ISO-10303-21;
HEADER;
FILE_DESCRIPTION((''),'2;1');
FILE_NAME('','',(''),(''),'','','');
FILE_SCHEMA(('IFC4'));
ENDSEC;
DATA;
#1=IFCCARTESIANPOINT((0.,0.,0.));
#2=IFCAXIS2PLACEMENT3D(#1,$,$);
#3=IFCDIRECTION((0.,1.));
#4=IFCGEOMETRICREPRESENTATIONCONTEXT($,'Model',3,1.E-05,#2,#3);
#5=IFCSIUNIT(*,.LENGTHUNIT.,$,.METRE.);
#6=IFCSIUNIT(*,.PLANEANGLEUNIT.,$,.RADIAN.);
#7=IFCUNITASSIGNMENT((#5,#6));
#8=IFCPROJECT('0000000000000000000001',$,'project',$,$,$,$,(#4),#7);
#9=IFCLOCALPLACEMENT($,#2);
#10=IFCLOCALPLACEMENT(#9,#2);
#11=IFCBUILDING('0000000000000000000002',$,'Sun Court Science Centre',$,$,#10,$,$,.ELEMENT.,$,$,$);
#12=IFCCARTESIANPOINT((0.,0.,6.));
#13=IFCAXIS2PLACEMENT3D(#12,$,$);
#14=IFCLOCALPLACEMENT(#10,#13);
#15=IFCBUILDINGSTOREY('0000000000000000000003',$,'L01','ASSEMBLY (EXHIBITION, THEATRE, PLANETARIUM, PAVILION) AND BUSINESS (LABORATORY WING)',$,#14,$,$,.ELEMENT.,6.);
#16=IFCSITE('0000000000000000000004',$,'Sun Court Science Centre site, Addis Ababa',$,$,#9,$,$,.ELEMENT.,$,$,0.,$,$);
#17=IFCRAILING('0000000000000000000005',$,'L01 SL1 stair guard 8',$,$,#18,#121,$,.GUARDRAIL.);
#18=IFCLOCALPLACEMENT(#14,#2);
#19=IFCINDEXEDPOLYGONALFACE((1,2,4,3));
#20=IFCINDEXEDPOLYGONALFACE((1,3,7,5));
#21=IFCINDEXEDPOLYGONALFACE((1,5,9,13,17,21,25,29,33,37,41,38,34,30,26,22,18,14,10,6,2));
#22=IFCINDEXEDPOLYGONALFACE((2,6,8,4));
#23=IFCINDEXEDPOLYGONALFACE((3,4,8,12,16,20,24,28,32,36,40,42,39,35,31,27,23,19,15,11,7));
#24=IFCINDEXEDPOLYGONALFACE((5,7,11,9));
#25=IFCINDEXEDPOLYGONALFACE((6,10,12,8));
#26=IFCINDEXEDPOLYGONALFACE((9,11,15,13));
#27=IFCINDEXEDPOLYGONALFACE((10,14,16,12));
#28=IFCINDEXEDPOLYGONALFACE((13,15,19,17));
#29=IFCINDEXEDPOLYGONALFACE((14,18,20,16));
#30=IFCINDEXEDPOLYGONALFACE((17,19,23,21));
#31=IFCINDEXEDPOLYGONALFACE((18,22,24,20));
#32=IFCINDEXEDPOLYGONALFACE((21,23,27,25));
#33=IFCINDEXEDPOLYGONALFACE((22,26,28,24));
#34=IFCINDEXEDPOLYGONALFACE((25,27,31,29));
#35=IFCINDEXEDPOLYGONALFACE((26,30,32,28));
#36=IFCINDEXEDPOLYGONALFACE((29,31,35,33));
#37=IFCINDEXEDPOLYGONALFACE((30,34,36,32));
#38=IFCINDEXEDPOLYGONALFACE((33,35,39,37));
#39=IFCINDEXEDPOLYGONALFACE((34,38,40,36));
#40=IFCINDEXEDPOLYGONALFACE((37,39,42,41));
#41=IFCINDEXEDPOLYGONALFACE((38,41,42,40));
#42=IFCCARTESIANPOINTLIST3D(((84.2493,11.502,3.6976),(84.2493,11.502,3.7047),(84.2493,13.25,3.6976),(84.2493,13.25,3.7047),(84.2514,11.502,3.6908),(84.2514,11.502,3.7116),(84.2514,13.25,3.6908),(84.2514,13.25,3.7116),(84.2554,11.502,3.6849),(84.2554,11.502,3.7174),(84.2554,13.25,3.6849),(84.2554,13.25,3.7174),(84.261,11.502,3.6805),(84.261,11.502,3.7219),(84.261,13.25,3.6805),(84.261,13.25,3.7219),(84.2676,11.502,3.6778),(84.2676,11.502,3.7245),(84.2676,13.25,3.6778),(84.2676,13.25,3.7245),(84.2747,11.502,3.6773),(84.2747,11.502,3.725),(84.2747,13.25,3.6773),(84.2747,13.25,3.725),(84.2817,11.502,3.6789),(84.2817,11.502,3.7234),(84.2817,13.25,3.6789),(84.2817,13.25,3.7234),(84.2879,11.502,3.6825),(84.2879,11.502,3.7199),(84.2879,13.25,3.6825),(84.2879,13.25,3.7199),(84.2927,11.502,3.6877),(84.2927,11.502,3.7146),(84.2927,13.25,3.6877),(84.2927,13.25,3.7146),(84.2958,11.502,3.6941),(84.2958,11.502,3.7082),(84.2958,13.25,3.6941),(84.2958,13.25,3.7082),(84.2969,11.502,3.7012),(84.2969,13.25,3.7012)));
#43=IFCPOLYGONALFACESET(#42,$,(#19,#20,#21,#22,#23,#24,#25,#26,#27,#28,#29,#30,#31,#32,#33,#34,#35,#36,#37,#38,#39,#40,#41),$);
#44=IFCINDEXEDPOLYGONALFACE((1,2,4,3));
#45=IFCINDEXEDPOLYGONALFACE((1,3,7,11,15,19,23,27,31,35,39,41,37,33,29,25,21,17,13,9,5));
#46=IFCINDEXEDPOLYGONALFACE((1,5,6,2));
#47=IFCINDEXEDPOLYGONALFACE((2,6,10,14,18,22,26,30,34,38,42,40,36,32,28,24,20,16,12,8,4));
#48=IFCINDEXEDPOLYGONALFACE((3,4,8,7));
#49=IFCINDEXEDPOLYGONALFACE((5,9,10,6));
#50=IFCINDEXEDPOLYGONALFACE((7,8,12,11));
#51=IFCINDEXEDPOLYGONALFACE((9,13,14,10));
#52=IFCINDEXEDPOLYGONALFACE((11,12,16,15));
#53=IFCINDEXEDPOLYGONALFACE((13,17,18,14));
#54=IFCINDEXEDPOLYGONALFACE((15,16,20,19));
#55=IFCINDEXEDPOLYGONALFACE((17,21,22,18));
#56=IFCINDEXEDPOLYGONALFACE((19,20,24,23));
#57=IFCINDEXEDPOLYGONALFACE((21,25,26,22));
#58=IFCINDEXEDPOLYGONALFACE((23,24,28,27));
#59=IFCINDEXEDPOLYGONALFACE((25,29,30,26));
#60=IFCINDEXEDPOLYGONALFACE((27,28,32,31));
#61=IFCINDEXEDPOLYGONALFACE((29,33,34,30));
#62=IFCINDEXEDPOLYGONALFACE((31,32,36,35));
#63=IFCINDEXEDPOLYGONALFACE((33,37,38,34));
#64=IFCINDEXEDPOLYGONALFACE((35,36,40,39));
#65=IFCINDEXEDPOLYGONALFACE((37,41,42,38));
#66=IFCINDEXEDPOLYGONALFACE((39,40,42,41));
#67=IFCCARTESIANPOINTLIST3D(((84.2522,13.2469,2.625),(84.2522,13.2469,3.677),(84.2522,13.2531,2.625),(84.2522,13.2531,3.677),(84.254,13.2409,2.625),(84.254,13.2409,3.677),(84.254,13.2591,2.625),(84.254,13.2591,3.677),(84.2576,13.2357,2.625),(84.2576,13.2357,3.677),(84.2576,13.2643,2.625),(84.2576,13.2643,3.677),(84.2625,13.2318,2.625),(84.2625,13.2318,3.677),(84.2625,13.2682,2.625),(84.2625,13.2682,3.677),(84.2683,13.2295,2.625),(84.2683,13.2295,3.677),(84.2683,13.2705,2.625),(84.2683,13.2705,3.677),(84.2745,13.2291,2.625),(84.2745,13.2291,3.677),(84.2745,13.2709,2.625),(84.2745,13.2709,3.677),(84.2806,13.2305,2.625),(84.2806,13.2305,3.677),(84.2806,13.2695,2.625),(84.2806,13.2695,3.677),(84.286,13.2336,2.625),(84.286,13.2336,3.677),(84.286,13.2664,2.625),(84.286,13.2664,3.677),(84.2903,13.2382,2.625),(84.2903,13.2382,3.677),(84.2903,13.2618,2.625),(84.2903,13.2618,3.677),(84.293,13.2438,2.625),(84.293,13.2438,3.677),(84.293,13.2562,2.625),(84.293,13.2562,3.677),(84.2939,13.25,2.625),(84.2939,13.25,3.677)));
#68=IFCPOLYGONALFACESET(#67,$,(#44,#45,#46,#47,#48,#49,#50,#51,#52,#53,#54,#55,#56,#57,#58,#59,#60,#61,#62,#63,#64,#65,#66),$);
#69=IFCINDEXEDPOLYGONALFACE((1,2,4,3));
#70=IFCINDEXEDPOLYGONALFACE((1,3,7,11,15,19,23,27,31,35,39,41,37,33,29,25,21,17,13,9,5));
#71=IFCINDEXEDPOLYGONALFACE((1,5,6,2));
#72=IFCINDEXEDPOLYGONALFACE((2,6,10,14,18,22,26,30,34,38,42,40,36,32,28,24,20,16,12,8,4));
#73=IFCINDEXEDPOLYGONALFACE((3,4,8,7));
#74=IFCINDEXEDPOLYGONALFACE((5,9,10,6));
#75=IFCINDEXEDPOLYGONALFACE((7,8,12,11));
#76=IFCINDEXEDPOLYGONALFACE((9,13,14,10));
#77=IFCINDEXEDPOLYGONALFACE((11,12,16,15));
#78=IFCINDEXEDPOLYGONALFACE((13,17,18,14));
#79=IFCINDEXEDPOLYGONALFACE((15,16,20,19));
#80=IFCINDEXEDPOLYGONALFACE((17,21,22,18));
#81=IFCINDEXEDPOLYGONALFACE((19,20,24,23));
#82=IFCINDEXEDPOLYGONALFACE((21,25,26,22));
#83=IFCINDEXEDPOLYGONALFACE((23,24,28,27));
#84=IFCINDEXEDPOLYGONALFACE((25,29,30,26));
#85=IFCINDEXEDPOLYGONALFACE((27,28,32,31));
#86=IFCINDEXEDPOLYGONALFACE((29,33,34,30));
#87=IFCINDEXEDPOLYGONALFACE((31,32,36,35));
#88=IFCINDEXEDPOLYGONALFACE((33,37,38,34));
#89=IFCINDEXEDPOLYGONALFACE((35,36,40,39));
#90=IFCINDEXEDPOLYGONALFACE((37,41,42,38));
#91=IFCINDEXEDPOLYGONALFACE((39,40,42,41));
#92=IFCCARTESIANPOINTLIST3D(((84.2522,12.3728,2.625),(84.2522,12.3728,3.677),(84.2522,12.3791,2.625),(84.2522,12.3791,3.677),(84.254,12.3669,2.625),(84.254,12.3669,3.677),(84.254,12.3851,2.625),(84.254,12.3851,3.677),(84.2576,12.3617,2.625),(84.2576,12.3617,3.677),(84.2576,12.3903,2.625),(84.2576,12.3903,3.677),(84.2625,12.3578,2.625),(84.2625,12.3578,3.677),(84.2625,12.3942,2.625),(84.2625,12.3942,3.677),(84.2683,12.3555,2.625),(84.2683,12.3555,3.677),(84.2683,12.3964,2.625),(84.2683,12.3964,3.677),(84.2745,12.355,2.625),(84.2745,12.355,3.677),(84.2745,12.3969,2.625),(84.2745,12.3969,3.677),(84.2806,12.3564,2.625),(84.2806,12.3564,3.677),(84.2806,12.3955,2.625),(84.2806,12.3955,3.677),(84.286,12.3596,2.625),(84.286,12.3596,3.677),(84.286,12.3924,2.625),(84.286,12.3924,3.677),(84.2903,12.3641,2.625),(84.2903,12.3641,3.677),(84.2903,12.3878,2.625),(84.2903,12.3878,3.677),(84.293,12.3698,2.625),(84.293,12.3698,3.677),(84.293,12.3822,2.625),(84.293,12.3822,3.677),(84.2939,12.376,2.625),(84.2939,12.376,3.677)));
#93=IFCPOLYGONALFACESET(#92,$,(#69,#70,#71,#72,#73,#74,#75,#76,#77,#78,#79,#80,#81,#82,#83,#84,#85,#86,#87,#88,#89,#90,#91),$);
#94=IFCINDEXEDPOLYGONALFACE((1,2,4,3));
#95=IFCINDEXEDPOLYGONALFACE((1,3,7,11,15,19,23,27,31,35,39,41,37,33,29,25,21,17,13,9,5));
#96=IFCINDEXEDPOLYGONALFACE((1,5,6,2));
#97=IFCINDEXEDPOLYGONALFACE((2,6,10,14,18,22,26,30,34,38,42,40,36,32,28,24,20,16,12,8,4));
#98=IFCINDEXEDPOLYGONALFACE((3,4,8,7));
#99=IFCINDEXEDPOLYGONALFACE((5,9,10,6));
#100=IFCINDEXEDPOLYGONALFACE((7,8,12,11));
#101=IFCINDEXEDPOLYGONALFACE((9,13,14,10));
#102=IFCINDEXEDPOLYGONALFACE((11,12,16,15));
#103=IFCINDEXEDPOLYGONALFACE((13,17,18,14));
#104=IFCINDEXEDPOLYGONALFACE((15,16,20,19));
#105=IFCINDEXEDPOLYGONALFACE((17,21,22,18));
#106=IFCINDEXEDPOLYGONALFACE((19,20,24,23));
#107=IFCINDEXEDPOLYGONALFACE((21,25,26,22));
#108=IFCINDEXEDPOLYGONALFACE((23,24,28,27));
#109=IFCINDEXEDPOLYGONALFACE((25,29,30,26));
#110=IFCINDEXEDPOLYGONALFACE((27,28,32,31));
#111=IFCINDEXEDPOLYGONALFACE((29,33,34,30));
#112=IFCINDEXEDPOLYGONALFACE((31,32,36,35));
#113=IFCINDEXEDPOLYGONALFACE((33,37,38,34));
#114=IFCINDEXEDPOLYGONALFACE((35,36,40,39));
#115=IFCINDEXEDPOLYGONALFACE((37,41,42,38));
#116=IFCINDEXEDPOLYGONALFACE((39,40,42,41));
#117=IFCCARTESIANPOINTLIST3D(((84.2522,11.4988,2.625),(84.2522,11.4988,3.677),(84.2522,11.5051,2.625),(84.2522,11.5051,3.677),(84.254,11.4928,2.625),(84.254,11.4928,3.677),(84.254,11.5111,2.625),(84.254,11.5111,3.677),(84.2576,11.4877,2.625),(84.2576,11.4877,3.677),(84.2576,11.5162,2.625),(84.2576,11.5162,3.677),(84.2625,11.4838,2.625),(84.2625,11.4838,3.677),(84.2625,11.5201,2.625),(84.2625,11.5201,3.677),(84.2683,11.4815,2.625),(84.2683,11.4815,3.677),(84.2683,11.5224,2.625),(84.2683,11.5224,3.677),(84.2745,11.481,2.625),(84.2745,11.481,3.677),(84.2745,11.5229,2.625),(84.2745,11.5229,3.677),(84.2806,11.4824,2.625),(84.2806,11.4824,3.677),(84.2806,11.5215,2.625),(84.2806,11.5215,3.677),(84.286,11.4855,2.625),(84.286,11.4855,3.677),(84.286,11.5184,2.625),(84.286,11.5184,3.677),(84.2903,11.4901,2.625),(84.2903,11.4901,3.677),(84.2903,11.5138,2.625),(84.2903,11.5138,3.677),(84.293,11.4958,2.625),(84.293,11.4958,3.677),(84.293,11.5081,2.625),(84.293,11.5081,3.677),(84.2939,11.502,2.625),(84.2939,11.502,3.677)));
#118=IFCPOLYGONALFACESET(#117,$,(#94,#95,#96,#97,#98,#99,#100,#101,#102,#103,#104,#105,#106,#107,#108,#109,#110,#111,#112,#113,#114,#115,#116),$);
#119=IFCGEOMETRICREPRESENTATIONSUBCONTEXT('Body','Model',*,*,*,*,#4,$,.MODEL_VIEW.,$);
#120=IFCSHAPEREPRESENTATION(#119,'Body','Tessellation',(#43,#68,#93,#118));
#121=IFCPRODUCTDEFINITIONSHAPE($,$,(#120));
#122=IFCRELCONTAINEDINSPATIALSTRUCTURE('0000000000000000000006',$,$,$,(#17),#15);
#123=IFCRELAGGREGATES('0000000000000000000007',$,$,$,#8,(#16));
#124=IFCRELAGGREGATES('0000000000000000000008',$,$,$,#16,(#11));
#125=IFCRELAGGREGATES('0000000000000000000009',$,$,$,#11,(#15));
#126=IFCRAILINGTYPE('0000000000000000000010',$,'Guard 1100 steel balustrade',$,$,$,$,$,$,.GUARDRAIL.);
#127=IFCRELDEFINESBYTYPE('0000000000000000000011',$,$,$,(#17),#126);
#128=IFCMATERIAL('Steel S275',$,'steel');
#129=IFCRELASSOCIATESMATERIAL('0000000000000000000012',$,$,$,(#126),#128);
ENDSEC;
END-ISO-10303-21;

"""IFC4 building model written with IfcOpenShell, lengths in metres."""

from ifc_helpers import new_model, si_unit, direction, frame, origin, origin_2d, place, context, subcontext, project, spatial, circle, extrude, material, type_object, element, save


model = new_model("IFC4")

# Units and contexts
model_context = context("Model", 3, precision=1e-05, world=origin(), true_north=direction((0.0, 1.0)))
body_context = subcontext(model_context, "Body", "Model", "MODEL_VIEW")
ifc_project = project(units=[si_unit("LENGTHUNIT", "METRE"), si_unit("PLANEANGLEUNIT", "RADIAN")], contexts=[model_context])

# Site, building, storey
site_placement = place(None, origin())
site = spatial("IfcSite", under=ifc_project, at=site_placement, Name="Sun Court Science Centre site, Addis Ababa", CompositionType="ELEMENT", RefElevation=0.0)
building_placement = place(site_placement, origin())
building = spatial("IfcBuilding", under=site, at=building_placement, Name="Sun Court Science Centre", CompositionType="ELEMENT")
storey_placement = place(building_placement, frame((0.0, 0.0, 6.0)))
storey = spatial("IfcBuildingStorey", under=building, at=storey_placement, Name="L01", Description="ASSEMBLY (EXHIBITION, THEATRE, PLANETARIUM, PAVILION) AND BUSINESS (LABORATORY WING)", CompositionType="ELEMENT", Elevation=6.0)

# Railing
ifc_material_1 = material(Name="Steel S275", Category="steel")
railing_type_1 = type_object("IfcRailingType", Name="Guard 1100 steel balustrade", PredefinedType="GUARDRAIL", material=ifc_material_1)
railing_1_placement = place(storey_placement, frame((84.2729, 13.25, 2.625)))
element("IfcRailing", 1, at=railing_1_placement, inside=storey, type_object=railing_type_1, Name="L01 SL1 stair guard 8", PredefinedType="GUARDRAIL", context=body_context, shape_type="SweptSolid", body=[
    extrude(circle(Radius=0.0239, at=origin_2d()), frame((0.0, 0.0, 1.0762), z_axis=(0.0, -1.0, 0.0), x_axis=(1.0, 0.0, 0.0)), (0.0, 0.0, 1.0), 1.748),
    extrude(circle(Radius=0.021, at=origin_2d()), origin(), (0.0, 0.0, 1.0), 1.052),
    extrude(circle(Radius=0.021, at=origin_2d()), frame((0.0, -0.874, 0.0)), (0.0, 0.0, 1.0), 1.052),
    extrude(circle(Radius=0.021, at=origin_2d()), frame((0.0, -1.748, 0.0)), (0.0, 0.0, 1.0), 1.052),
])

save(model, "model.ifc")
